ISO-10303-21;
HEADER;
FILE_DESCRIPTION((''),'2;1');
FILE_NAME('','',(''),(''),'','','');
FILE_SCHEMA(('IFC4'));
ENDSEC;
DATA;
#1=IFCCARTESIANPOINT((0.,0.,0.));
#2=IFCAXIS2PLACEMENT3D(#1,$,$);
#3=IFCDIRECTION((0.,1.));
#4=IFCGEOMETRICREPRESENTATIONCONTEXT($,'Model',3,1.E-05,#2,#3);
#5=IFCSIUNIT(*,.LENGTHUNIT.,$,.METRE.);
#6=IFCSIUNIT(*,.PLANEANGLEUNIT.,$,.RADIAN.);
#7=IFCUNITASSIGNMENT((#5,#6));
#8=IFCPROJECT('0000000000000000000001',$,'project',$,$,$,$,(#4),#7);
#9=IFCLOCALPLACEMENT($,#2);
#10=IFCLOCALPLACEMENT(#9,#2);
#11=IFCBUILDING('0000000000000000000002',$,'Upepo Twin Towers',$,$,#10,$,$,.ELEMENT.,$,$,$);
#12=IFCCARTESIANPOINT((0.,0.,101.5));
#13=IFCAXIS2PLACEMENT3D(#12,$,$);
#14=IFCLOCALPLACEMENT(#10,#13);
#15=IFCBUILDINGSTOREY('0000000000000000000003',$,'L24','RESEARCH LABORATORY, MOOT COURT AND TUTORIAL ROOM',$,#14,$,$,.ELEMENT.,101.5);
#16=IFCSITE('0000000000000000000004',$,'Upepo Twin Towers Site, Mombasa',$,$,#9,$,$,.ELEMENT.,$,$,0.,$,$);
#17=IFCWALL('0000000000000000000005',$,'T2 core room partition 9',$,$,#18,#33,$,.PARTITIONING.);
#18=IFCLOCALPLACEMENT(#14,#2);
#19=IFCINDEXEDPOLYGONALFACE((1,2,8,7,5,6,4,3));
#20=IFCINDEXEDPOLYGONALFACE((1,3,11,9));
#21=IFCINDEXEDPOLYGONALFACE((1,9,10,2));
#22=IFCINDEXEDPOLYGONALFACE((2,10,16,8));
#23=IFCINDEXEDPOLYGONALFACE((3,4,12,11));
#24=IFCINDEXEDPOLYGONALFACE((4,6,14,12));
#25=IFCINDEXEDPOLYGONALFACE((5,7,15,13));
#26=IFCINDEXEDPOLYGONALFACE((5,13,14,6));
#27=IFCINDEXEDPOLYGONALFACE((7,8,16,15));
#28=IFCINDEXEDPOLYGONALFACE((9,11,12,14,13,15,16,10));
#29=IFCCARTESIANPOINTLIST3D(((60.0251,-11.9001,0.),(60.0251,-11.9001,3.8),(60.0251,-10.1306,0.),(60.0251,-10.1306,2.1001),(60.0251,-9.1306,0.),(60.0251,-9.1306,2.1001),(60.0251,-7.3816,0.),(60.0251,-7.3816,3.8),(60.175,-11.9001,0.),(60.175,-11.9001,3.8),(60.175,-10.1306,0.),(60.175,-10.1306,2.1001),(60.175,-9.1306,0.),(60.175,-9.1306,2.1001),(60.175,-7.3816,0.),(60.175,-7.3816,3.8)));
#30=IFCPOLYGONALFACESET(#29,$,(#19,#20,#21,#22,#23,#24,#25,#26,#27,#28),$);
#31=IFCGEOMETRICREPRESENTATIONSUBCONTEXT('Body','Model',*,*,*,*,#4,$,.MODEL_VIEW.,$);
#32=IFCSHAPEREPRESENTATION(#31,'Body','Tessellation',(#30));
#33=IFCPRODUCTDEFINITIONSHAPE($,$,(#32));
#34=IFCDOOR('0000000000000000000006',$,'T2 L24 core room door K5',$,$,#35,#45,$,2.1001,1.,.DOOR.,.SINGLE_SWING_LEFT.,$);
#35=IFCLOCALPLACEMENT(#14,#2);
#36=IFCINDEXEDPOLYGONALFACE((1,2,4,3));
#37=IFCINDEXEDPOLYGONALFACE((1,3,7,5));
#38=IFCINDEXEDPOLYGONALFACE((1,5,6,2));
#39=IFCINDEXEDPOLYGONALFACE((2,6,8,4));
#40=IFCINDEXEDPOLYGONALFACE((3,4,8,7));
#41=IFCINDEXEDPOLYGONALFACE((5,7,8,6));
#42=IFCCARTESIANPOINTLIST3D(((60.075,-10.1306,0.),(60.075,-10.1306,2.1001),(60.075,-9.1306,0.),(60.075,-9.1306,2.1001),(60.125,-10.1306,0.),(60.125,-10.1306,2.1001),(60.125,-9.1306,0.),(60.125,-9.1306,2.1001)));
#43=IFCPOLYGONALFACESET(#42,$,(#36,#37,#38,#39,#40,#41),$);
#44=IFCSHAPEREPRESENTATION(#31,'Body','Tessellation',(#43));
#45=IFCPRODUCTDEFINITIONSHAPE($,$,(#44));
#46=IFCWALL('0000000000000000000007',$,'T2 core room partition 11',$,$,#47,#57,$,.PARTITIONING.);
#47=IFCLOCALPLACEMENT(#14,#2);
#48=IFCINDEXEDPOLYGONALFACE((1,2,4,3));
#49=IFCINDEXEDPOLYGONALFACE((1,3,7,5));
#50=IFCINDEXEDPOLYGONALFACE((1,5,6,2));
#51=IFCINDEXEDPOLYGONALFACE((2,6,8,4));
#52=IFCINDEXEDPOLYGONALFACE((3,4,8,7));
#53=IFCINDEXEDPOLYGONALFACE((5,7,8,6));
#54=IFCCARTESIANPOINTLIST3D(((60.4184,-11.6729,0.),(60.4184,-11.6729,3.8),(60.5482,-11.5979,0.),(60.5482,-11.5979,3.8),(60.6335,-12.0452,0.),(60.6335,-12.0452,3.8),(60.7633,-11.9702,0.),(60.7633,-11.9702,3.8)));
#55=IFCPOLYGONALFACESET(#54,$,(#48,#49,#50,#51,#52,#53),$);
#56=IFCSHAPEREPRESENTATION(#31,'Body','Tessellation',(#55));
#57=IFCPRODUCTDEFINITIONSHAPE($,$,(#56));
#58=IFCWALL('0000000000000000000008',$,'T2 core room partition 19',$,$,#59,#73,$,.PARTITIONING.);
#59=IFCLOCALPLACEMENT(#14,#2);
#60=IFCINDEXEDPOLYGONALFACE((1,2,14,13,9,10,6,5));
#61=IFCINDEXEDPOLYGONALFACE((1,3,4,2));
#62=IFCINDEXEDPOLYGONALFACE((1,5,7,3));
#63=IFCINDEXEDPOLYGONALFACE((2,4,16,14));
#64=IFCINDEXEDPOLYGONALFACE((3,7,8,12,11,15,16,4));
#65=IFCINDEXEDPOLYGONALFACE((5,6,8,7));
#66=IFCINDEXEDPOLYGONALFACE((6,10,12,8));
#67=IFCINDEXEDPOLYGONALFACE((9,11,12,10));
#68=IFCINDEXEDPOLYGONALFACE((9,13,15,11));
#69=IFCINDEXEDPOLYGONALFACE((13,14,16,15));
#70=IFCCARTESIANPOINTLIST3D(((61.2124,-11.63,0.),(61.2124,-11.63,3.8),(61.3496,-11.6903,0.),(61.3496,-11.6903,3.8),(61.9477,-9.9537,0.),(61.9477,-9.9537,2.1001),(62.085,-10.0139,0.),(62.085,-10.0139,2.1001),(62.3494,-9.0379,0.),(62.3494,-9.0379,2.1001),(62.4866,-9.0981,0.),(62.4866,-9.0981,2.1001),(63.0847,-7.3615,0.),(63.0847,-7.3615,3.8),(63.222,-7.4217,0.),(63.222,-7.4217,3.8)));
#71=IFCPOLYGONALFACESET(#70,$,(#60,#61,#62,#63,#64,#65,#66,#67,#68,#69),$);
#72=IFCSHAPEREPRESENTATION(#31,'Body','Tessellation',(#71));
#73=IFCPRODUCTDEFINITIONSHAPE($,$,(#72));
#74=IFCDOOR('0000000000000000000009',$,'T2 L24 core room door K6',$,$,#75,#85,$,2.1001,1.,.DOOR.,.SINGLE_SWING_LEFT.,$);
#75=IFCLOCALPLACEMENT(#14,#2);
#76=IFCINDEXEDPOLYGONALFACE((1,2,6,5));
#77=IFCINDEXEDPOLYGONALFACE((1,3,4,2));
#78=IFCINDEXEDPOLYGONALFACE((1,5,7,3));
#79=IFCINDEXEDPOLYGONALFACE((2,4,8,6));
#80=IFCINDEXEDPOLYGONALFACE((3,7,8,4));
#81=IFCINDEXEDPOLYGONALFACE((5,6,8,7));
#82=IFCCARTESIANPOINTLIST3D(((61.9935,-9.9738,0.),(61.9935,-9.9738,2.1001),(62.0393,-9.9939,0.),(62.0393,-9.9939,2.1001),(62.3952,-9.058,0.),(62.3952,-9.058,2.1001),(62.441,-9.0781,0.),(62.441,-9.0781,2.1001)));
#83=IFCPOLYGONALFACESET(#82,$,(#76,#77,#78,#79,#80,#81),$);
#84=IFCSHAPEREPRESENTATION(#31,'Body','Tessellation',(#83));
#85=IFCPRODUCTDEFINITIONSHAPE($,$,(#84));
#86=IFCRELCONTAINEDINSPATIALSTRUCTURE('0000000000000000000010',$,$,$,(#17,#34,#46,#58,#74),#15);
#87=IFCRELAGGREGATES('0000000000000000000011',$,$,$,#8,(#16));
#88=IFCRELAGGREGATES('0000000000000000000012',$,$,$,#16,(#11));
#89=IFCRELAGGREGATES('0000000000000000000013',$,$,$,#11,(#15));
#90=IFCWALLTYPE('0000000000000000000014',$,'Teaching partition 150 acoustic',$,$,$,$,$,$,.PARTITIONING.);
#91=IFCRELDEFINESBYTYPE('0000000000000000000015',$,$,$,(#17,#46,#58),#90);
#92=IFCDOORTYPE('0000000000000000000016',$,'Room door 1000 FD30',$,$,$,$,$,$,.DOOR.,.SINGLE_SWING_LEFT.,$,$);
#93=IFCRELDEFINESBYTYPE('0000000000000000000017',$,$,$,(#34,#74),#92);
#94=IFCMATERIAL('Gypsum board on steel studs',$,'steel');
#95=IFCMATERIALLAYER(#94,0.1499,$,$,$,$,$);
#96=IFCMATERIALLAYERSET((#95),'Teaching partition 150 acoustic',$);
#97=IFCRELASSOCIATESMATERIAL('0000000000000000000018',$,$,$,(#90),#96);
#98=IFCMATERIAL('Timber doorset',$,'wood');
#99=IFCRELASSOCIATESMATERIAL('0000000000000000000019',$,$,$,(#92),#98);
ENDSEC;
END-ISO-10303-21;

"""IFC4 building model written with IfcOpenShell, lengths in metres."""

from ifc_helpers import new_model, si_unit, direction, frame, frame_2d, origin, place, context, subcontext, project, spatial, rectangle, extrude, material, layer, layer_set, type_object, element, fill, save


model = new_model("IFC4")

# Units and contexts
model_context = context("Model", 3, precision=1e-05, world=origin(), true_north=direction((0.0, 1.0)))
body_context = subcontext(model_context, "Body", "Model", "MODEL_VIEW")
ifc_project = project(units=[si_unit("LENGTHUNIT", "METRE"), si_unit("PLANEANGLEUNIT", "RADIAN")], contexts=[model_context])

# Site, building, storey
site_placement = place(None, origin())
site = spatial("IfcSite", under=ifc_project, at=site_placement, Name="Upepo Twin Towers Site, Mombasa", CompositionType="ELEMENT", RefElevation=0.0)
building_placement = place(site_placement, origin())
building = spatial("IfcBuilding", under=site, at=building_placement, Name="Upepo Twin Towers", CompositionType="ELEMENT")
storey_placement = place(building_placement, frame((0.0, 0.0, 101.5)))
storey = spatial("IfcBuildingStorey", under=building, at=storey_placement, Name="L24", Description="RESEARCH LABORATORY, MOOT COURT AND TUTORIAL ROOM", CompositionType="ELEMENT", Elevation=101.5)

# Wall, opening, door
ifc_material_1 = material(Name="Gypsum board on steel studs", Category="steel")
ifc_layer_1 = layer(ifc_material_1, 0.1499)
ifc_layer_set_1 = layer_set([ifc_layer_1], Name="Teaching partition 150 acoustic")
wall_type_1 = type_object("IfcWallType", Name="Teaching partition 150 acoustic", PredefinedType="PARTITIONING", material=ifc_layer_set_1)
wall_1_placement = place(storey_placement, frame((60.1001, -7.3816, 0.0), z_axis=(0.0, 0.0, 1.0), x_axis=(0.0, -1.0, 0.0)))
wall_1 = element("IfcWall", 1, at=wall_1_placement, inside=storey, type_object=wall_type_1, Name="T2 core room partition 9", PredefinedType="PARTITIONING", context=body_context, shape_type="SweptSolid", body=[
    extrude(rectangle(XDim=4.5186, YDim=0.1499, at=frame_2d((2.2593, 0.0))), origin(), (0.0, 0.0, 1.0), 3.8),
])
opening_1_placement = place(wall_1_placement, frame((1.749, 0.0, 0.0)))
opening_1 = element("IfcOpeningElement", 2, at=opening_1_placement, cuts=wall_1, PredefinedType="OPENING", context=body_context, shape_type="SweptSolid", body=[
    extrude(rectangle(XDim=1.0, YDim=2.1001, at=frame_2d((0.5, 1.05))), frame((0.0, 0.085, 0.0), z_axis=(0.0, -1.0, 0.0), x_axis=(1.0, 0.0, 0.0)), (0.0, 0.0, 1.0), 0.1699),
])
ifc_material_2 = material(Name="Timber doorset", Category="wood")
door_type_1 = type_object("IfcDoorType", Name="Room door 1000 FD30", OperationType="SINGLE_SWING_LEFT", PredefinedType="DOOR", material=ifc_material_2)
door_1_placement = place(opening_1_placement, origin())
door_1 = element("IfcDoor", 3, at=door_1_placement, inside=storey, type_object=door_type_1, Name="T2 L24 core room door K5", OperationType="SINGLE_SWING_LEFT", OverallHeight=2.1001, OverallWidth=1.0, PredefinedType="DOOR", context=body_context, shape_type="SweptSolid", body=[
    extrude(rectangle(XDim=1.0, YDim=2.1001, at=frame_2d((0.5, 1.05))), frame((0.0, 0.0249, 0.0), z_axis=(0.0, -1.0, 0.0), x_axis=(1.0, 0.0, 0.0)), (0.0, 0.0, 1.0), 0.05),
])
fill(opening_1, door_1)

# Wall
wall_2_placement = place(storey_placement, frame((60.4834, -11.6355, 0.0), z_axis=(0.0, 0.0, 1.0), x_axis=(0.50023, -0.865892, 0.0)))
element("IfcWall", 4, at=wall_2_placement, inside=storey, type_object=wall_type_1, Name="T2 core room partition 11", PredefinedType="PARTITIONING", context=body_context, shape_type="SweptSolid", body=[
    extrude(rectangle(XDim=0.4299, YDim=0.1499, at=frame_2d((0.2148, 0.0))), origin(), (0.0, 0.0, 1.0), 3.8),
])

# Wall, opening, door
wall_3_placement = place(storey_placement, frame((61.281, -11.6602, 0.0), z_axis=(0.0, 0.0, 1.0), x_axis=(0.401687, 0.915777, 0.0)))
wall_3 = element("IfcWall", 5, at=wall_3_placement, inside=storey, type_object=wall_type_1, Name="T2 core room partition 19", PredefinedType="PARTITIONING", context=body_context, shape_type="SweptSolid", body=[
    extrude(rectangle(XDim=4.6611, YDim=0.1499, at=frame_2d((2.3306, 0.0))), origin(), (0.0, 0.0, 1.0), 3.8),
])
opening_2_placement = place(wall_3_placement, frame((1.8306, 0.0, 0.0)))
opening_2 = element("IfcOpeningElement", 6, at=opening_2_placement, cuts=wall_3, PredefinedType="OPENING", context=body_context, shape_type="SweptSolid", body=[
    extrude(rectangle(XDim=1.0, YDim=2.1001, at=frame_2d((0.5, 1.05))), frame((0.0, 0.085, 0.0), z_axis=(0.0, -1.0, 0.0), x_axis=(1.0, 0.0, 0.0)), (0.0, 0.0, 1.0), 0.1699),
])
door_2_placement = place(opening_2_placement, origin())
door_2 = element("IfcDoor", 7, at=door_2_placement, inside=storey, type_object=door_type_1, Name="T2 L24 core room door K6", OperationType="SINGLE_SWING_LEFT", OverallHeight=2.1001, OverallWidth=1.0, PredefinedType="DOOR", context=body_context, shape_type="SweptSolid", body=[
    extrude(rectangle(XDim=1.0, YDim=2.1001, at=frame_2d((0.5, 1.05))), frame((0.0, 0.0249, 0.0), z_axis=(0.0, -1.0, 0.0), x_axis=(1.0, 0.0, 0.0)), (0.0, 0.0, 1.0), 0.05),
])
fill(opening_2, door_2)

save(model, "model.ifc")
